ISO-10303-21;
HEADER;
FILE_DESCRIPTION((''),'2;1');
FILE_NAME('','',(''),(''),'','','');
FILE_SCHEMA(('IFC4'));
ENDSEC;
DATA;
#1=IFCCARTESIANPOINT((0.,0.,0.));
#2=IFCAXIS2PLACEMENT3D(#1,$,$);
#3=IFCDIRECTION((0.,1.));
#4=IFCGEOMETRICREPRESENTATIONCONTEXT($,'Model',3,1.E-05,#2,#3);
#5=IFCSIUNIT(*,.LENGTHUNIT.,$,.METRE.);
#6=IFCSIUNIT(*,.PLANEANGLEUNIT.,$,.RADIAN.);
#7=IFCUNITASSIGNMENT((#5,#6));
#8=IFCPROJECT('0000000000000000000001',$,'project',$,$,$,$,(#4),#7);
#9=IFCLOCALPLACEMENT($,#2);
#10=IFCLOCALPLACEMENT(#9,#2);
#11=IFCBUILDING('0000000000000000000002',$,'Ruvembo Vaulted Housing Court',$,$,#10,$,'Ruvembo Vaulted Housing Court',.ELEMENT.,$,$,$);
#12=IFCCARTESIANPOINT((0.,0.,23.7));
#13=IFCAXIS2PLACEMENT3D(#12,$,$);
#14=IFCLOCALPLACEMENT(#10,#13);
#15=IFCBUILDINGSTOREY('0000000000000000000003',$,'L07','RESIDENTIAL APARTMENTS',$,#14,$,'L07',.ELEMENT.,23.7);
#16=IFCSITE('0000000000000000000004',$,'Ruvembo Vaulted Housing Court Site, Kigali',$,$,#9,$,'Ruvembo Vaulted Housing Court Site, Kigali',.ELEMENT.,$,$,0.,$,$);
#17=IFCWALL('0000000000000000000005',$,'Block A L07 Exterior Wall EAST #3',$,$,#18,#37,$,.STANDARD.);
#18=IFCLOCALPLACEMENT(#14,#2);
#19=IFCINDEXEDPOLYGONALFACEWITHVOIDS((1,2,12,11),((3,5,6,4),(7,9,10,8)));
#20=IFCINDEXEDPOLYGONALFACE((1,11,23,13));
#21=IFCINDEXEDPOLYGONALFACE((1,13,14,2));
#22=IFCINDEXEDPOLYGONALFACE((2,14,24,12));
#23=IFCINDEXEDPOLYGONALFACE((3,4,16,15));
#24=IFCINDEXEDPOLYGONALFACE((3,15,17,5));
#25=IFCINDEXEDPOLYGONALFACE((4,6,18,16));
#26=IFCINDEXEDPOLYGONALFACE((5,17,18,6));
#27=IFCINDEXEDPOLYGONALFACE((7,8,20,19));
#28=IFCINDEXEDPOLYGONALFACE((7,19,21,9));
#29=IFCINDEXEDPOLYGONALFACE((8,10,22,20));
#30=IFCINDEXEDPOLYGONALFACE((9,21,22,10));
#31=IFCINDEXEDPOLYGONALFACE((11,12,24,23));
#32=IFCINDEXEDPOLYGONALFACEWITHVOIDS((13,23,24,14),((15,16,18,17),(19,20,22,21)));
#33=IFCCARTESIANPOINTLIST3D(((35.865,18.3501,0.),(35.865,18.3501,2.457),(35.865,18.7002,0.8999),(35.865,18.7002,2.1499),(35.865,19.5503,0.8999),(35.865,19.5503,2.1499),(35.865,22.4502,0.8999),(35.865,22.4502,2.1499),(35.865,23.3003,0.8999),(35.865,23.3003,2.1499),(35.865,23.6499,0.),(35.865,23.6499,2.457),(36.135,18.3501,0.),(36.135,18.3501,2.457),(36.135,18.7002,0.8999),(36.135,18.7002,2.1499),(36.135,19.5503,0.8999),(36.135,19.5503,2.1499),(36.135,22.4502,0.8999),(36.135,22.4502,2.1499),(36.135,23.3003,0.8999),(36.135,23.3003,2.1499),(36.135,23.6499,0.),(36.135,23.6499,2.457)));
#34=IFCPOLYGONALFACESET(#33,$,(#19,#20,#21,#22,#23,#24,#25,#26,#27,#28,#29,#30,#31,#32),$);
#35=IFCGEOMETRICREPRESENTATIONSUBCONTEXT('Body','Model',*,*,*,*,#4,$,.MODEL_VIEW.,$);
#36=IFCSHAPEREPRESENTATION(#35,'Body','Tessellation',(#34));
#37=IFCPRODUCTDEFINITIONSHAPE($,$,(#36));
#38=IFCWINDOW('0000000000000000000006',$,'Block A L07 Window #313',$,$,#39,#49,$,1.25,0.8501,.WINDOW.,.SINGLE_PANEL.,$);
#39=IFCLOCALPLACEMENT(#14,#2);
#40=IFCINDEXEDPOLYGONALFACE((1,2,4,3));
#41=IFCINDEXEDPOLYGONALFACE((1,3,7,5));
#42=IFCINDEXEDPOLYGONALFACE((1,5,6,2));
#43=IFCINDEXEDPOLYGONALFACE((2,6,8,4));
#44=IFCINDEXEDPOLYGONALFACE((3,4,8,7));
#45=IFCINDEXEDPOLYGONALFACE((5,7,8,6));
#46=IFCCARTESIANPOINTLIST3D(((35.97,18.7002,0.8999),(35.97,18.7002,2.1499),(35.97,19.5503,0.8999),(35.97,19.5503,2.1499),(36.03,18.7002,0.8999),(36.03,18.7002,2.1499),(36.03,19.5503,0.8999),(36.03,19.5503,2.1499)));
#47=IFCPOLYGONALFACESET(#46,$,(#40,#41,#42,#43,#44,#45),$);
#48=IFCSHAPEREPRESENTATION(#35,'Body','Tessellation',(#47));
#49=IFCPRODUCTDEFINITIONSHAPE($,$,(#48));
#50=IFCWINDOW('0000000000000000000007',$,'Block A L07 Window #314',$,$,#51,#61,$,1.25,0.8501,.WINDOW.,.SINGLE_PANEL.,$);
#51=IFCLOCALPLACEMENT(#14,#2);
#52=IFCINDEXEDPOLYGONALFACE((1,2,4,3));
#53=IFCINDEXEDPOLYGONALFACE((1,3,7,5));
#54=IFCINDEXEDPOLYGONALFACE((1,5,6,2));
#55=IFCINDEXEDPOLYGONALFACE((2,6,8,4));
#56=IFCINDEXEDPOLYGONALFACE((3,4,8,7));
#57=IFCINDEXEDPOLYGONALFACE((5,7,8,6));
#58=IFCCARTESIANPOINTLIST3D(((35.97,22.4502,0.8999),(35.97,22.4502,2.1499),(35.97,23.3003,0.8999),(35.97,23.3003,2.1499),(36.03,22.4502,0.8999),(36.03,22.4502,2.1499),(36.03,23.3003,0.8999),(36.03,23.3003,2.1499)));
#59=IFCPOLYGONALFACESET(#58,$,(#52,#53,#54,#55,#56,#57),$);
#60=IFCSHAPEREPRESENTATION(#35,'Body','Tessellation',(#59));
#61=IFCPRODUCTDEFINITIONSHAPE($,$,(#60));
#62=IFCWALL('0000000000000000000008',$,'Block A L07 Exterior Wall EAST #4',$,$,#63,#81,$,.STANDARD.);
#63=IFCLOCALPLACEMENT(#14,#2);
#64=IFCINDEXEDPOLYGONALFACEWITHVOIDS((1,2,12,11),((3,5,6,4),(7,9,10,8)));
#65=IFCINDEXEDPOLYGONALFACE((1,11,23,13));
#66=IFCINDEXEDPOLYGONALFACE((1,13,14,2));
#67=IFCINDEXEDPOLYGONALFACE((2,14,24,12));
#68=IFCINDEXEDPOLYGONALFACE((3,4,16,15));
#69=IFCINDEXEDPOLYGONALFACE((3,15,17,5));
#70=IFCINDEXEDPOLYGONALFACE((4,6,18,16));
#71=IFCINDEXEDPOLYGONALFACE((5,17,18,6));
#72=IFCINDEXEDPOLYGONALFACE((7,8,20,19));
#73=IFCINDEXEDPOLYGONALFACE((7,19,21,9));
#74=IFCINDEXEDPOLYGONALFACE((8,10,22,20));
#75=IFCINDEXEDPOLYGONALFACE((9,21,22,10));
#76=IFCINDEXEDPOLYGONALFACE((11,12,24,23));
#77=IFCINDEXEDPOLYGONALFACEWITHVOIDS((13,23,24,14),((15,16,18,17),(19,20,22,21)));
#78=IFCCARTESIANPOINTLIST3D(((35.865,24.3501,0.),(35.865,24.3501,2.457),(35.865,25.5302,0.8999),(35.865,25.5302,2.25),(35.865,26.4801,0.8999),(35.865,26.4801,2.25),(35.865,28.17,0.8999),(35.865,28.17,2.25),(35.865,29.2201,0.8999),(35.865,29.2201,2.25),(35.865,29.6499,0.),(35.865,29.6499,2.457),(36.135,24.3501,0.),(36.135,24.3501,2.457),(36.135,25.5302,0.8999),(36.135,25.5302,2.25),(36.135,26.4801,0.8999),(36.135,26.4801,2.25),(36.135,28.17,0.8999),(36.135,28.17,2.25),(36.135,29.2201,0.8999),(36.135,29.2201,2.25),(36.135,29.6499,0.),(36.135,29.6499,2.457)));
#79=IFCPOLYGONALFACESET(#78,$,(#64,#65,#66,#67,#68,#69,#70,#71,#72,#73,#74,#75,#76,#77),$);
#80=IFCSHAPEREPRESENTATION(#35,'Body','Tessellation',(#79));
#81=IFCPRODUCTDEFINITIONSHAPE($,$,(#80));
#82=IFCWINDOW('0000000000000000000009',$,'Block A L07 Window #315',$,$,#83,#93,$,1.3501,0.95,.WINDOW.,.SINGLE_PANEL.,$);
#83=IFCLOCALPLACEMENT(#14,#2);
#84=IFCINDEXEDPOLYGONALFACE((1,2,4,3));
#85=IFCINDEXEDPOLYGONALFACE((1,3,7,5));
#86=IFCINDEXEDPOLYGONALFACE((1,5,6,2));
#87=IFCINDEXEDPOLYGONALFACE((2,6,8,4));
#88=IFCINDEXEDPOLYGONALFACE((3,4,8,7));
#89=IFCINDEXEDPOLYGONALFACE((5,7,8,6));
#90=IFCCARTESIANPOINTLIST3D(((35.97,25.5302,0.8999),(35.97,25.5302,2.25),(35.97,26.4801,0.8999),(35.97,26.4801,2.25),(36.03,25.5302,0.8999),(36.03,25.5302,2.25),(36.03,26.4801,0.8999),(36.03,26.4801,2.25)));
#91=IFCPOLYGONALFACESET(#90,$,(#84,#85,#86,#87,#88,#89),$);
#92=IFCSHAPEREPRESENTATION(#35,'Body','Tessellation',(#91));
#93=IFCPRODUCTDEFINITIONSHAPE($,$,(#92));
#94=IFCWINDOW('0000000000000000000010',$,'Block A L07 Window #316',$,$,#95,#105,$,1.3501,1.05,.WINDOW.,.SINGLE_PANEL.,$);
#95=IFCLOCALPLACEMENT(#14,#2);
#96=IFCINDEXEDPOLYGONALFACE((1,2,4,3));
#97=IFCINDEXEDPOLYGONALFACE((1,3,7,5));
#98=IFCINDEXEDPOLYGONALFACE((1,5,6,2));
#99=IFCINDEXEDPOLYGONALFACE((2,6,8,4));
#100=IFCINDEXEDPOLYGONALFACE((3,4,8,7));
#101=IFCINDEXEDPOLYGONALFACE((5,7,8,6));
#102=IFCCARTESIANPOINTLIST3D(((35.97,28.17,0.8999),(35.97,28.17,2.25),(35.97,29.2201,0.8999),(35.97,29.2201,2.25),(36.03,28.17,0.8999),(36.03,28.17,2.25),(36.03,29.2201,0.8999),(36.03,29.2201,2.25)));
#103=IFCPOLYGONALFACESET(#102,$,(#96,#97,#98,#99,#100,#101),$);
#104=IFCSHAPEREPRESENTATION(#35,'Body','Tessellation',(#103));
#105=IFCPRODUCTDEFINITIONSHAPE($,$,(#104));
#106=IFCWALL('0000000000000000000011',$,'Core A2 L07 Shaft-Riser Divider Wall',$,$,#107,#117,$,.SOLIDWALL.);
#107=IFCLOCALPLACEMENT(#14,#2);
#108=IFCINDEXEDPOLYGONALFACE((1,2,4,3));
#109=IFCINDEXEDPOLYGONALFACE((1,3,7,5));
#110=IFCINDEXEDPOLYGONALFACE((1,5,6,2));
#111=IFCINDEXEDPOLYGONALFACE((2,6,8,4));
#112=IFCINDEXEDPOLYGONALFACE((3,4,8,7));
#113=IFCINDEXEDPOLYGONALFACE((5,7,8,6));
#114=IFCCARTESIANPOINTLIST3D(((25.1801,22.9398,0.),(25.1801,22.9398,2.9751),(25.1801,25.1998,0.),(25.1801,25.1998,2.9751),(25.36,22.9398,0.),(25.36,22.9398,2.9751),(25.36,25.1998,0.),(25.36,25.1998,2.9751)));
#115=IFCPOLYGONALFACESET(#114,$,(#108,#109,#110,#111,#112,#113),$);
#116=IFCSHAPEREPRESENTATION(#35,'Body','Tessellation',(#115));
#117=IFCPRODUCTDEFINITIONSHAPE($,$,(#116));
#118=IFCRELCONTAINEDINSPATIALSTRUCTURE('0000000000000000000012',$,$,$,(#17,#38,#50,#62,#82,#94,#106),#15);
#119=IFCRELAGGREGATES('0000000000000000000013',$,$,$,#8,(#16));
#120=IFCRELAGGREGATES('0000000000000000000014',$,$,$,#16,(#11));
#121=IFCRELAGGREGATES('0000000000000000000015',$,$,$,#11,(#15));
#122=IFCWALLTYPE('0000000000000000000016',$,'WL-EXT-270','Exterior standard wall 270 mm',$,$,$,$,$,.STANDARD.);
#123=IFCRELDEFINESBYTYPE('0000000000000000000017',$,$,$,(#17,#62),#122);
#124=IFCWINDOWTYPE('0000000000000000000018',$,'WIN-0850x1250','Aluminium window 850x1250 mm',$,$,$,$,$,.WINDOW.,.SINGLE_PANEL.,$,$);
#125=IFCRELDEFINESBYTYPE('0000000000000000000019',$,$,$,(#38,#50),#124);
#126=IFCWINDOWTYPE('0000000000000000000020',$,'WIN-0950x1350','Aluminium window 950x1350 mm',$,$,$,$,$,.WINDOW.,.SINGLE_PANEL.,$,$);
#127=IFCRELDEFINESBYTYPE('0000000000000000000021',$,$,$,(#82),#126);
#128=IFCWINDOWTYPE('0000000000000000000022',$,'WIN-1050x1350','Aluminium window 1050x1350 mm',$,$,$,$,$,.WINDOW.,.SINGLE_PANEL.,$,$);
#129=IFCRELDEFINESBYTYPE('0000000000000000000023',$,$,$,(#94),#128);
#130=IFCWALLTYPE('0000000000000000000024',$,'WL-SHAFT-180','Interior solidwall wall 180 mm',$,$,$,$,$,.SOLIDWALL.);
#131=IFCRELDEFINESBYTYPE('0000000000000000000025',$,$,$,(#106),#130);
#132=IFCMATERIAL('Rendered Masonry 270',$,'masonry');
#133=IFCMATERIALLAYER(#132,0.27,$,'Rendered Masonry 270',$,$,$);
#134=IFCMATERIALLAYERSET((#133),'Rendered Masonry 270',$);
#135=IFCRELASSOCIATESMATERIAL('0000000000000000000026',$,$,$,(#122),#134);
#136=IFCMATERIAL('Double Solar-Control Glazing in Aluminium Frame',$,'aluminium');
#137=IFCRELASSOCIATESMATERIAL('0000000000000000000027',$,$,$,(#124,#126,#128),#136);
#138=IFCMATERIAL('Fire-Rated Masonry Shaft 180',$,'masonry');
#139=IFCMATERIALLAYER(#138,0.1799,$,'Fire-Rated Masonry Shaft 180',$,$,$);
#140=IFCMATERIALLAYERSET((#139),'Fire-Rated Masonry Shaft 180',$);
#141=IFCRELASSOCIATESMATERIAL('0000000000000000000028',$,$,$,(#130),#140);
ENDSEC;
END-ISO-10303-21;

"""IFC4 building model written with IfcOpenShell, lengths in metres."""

from ifc_helpers import new_model, si_unit, direction, frame, frame_2d, origin, place, context, subcontext, project, spatial, rectangle, extrude, material, layer, layer_set, type_object, element, fill, save


model = new_model("IFC4")

# Units and contexts
model_context = context("Model", 3, precision=1e-05, world=origin(), true_north=direction((0.0, 1.0)))
body_context = subcontext(model_context, "Body", "Model", "MODEL_VIEW")
ifc_project = project(units=[si_unit("LENGTHUNIT", "METRE"), si_unit("PLANEANGLEUNIT", "RADIAN")], contexts=[model_context])

# Site, building, storey
site_placement = place(None, origin())
site = spatial("IfcSite", under=ifc_project, at=site_placement, Name="Ruvembo Vaulted Housing Court Site, Kigali", LongName="Ruvembo Vaulted Housing Court Site, Kigali", CompositionType="ELEMENT", RefElevation=0.0)
building_placement = place(site_placement, origin())
building = spatial("IfcBuilding", under=site, at=building_placement, Name="Ruvembo Vaulted Housing Court", LongName="Ruvembo Vaulted Housing Court", CompositionType="ELEMENT")
storey_placement = place(building_placement, frame((0.0, 0.0, 23.7)))
storey = spatial("IfcBuildingStorey", under=building, at=storey_placement, Name="L07", Description="RESIDENTIAL APARTMENTS", LongName="L07", CompositionType="ELEMENT", Elevation=23.7)

# Walls, openings, windows
ifc_material_1 = material(Name="Rendered Masonry 270", Category="masonry")
ifc_layer_1 = layer(ifc_material_1, 0.27, Name="Rendered Masonry 270")
ifc_layer_set_1 = layer_set([ifc_layer_1], Name="Rendered Masonry 270")
wall_type_1 = type_object("IfcWallType", Name="WL-EXT-270", Description="Exterior standard wall 270 mm", PredefinedType="STANDARD", material=ifc_layer_set_1)
wall_1_placement = place(storey_placement, frame((36.0, 18.3501, 0.0), z_axis=(0.0, 0.0, 1.0), x_axis=(0.0, 1.0, 0.0)))
wall_1 = element("IfcWall", 1, at=wall_1_placement, inside=storey, type_object=wall_type_1, Name="Block A L07 Exterior Wall EAST #3", PredefinedType="STANDARD", context=body_context, shape_type="SweptSolid", body=[
    extrude(rectangle(XDim=5.2998, YDim=0.27, at=frame_2d((2.6499, 0.0))), origin(), (0.0, 0.0, 1.0), 2.457),
])
opening_1_placement = place(wall_1_placement, frame((0.3501, 0.0, 0.8999)))
opening_1 = element("IfcOpeningElement", 2, at=opening_1_placement, cuts=wall_1, PredefinedType="OPENING", context=body_context, shape_type="SweptSolid", body=[
    extrude(rectangle(XDim=0.8501, YDim=1.25, at=frame_2d((0.425, 0.625))), frame((0.0, 0.145, 0.0), z_axis=(0.0, -1.0, 0.0), x_axis=(1.0, 0.0, 0.0)), (0.0, 0.0, 1.0), 0.29),
])
opening_2_placement = place(wall_1_placement, frame((4.1001, 0.0, 0.8999)))
opening_2 = element("IfcOpeningElement", 3, at=opening_2_placement, cuts=wall_1, PredefinedType="OPENING", context=body_context, shape_type="SweptSolid", body=[
    extrude(rectangle(XDim=0.8501, YDim=1.25, at=frame_2d((0.425, 0.625))), frame((0.0, 0.145, 0.0), z_axis=(0.0, -1.0, 0.0), x_axis=(1.0, 0.0, 0.0)), (0.0, 0.0, 1.0), 0.29),
])
ifc_material_2 = material(Name="Double Solar-Control Glazing in Aluminium Frame", Category="aluminium")
window_type_1 = type_object("IfcWindowType", Name="WIN-0850x1250", Description="Aluminium window 850x1250 mm", PartitioningType="SINGLE_PANEL", PredefinedType="WINDOW", material=ifc_material_2)
window_1_placement = place(opening_1_placement, origin())
window_1 = element("IfcWindow", 4, at=window_1_placement, inside=storey, type_object=window_type_1, Name="Block A L07 Window #313", OverallHeight=1.25, OverallWidth=0.8501, PartitioningType="SINGLE_PANEL", PredefinedType="WINDOW", context=body_context, shape_type="SweptSolid", body=[
    extrude(rectangle(XDim=0.8501, YDim=1.25, at=frame_2d((0.425, 0.625))), frame((0.0, 0.03, 0.0), z_axis=(0.0, -1.0, 0.0), x_axis=(1.0, 0.0, 0.0)), (0.0, 0.0, 1.0), 0.0601),
])
fill(opening_1, window_1)
window_2_placement = place(opening_2_placement, origin())
window_2 = element("IfcWindow", 5, at=window_2_placement, inside=storey, type_object=window_type_1, Name="Block A L07 Window #314", OverallHeight=1.25, OverallWidth=0.8501, PartitioningType="SINGLE_PANEL", PredefinedType="WINDOW", context=body_context, shape_type="SweptSolid", body=[
    extrude(rectangle(XDim=0.8501, YDim=1.25, at=frame_2d((0.425, 0.625))), frame((0.0, 0.03, 0.0), z_axis=(0.0, -1.0, 0.0), x_axis=(1.0, 0.0, 0.0)), (0.0, 0.0, 1.0), 0.0601),
])
fill(opening_2, window_2)
wall_2_placement = place(storey_placement, frame((36.0, 24.3501, 0.0), z_axis=(0.0, 0.0, 1.0), x_axis=(0.0, 1.0, 0.0)))
wall_2 = element("IfcWall", 6, at=wall_2_placement, inside=storey, type_object=wall_type_1, Name="Block A L07 Exterior Wall EAST #4", PredefinedType="STANDARD", context=body_context, shape_type="SweptSolid", body=[
    extrude(rectangle(XDim=5.2998, YDim=0.27, at=frame_2d((2.6499, 0.0))), origin(), (0.0, 0.0, 1.0), 2.457),
])
opening_3_placement = place(wall_2_placement, frame((1.1799, 0.0, 0.8999)))
opening_3 = element("IfcOpeningElement", 7, at=opening_3_placement, cuts=wall_2, PredefinedType="OPENING", context=body_context, shape_type="SweptSolid", body=[
    extrude(rectangle(XDim=0.95, YDim=1.3501, at=frame_2d((0.4751, 0.675))), frame((0.0, 0.145, 0.0), z_axis=(0.0, -1.0, 0.0), x_axis=(1.0, 0.0, 0.0)), (0.0, 0.0, 1.0), 0.29),
])
opening_4_placement = place(wall_2_placement, frame((3.8201, 0.0, 0.8999)))
opening_4 = element("IfcOpeningElement", 8, at=opening_4_placement, cuts=wall_2, PredefinedType="OPENING", context=body_context, shape_type="SweptSolid", body=[
    extrude(rectangle(XDim=1.05, YDim=1.3501, at=frame_2d((0.5249, 0.675))), frame((0.0, 0.145, 0.0), z_axis=(0.0, -1.0, 0.0), x_axis=(1.0, 0.0, 0.0)), (0.0, 0.0, 1.0), 0.29),
])
window_type_2 = type_object("IfcWindowType", Name="WIN-0950x1350", Description="Aluminium window 950x1350 mm", PartitioningType="SINGLE_PANEL", PredefinedType="WINDOW", material=ifc_material_2)
window_3_placement = place(opening_3_placement, origin())
window_3 = element("IfcWindow", 9, at=window_3_placement, inside=storey, type_object=window_type_2, Name="Block A L07 Window #315", OverallHeight=1.3501, OverallWidth=0.95, PartitioningType="SINGLE_PANEL", PredefinedType="WINDOW", context=body_context, shape_type="SweptSolid", body=[
    extrude(rectangle(XDim=0.95, YDim=1.3501, at=frame_2d((0.4751, 0.675))), frame((0.0, 0.03, 0.0), z_axis=(0.0, -1.0, 0.0), x_axis=(1.0, 0.0, 0.0)), (0.0, 0.0, 1.0), 0.0601),
])
fill(opening_3, window_3)
window_type_3 = type_object("IfcWindowType", Name="WIN-1050x1350", Description="Aluminium window 1050x1350 mm", PartitioningType="SINGLE_PANEL", PredefinedType="WINDOW", material=ifc_material_2)
window_4_placement = place(opening_4_placement, origin())
window_4 = element("IfcWindow", 10, at=window_4_placement, inside=storey, type_object=window_type_3, Name="Block A L07 Window #316", OverallHeight=1.3501, OverallWidth=1.05, PartitioningType="SINGLE_PANEL", PredefinedType="WINDOW", context=body_context, shape_type="SweptSolid", body=[
    extrude(rectangle(XDim=1.05, YDim=1.3501, at=frame_2d((0.5249, 0.675))), frame((0.0, 0.03, 0.0), z_axis=(0.0, -1.0, 0.0), x_axis=(1.0, 0.0, 0.0)), (0.0, 0.0, 1.0), 0.0601),
])
fill(opening_4, window_4)

# Shared definitions
ifc_material_3 = material(Name="Fire-Rated Masonry Shaft 180", Category="masonry")
ifc_layer_2 = layer(ifc_material_3, 0.1799, Name="Fire-Rated Masonry Shaft 180")
ifc_layer_set_2 = layer_set([ifc_layer_2], Name="Fire-Rated Masonry Shaft 180")
wall_type_2 = type_object("IfcWallType", Name="WL-SHAFT-180", Description="Interior solidwall wall 180 mm", PredefinedType="SOLIDWALL", material=ifc_layer_set_2)

# Wall
wall_3_placement = place(storey_placement, frame((25.27, 22.9399, 0.0), z_axis=(0.0, 0.0, 1.0), x_axis=(0.0, 1.0, 0.0)))
element("IfcWall", 11, at=wall_3_placement, inside=storey, type_object=wall_type_2, Name="Core A2 L07 Shaft-Riser Divider Wall", PredefinedType="SOLIDWALL", context=body_context, shape_type="SweptSolid", body=[
    extrude(rectangle(XDim=2.26, YDim=0.1799, at=frame_2d((1.1299, 0.0))), origin(), (0.0, 0.0, 1.0), 2.9751),
])

save(model, "model.ifc")
